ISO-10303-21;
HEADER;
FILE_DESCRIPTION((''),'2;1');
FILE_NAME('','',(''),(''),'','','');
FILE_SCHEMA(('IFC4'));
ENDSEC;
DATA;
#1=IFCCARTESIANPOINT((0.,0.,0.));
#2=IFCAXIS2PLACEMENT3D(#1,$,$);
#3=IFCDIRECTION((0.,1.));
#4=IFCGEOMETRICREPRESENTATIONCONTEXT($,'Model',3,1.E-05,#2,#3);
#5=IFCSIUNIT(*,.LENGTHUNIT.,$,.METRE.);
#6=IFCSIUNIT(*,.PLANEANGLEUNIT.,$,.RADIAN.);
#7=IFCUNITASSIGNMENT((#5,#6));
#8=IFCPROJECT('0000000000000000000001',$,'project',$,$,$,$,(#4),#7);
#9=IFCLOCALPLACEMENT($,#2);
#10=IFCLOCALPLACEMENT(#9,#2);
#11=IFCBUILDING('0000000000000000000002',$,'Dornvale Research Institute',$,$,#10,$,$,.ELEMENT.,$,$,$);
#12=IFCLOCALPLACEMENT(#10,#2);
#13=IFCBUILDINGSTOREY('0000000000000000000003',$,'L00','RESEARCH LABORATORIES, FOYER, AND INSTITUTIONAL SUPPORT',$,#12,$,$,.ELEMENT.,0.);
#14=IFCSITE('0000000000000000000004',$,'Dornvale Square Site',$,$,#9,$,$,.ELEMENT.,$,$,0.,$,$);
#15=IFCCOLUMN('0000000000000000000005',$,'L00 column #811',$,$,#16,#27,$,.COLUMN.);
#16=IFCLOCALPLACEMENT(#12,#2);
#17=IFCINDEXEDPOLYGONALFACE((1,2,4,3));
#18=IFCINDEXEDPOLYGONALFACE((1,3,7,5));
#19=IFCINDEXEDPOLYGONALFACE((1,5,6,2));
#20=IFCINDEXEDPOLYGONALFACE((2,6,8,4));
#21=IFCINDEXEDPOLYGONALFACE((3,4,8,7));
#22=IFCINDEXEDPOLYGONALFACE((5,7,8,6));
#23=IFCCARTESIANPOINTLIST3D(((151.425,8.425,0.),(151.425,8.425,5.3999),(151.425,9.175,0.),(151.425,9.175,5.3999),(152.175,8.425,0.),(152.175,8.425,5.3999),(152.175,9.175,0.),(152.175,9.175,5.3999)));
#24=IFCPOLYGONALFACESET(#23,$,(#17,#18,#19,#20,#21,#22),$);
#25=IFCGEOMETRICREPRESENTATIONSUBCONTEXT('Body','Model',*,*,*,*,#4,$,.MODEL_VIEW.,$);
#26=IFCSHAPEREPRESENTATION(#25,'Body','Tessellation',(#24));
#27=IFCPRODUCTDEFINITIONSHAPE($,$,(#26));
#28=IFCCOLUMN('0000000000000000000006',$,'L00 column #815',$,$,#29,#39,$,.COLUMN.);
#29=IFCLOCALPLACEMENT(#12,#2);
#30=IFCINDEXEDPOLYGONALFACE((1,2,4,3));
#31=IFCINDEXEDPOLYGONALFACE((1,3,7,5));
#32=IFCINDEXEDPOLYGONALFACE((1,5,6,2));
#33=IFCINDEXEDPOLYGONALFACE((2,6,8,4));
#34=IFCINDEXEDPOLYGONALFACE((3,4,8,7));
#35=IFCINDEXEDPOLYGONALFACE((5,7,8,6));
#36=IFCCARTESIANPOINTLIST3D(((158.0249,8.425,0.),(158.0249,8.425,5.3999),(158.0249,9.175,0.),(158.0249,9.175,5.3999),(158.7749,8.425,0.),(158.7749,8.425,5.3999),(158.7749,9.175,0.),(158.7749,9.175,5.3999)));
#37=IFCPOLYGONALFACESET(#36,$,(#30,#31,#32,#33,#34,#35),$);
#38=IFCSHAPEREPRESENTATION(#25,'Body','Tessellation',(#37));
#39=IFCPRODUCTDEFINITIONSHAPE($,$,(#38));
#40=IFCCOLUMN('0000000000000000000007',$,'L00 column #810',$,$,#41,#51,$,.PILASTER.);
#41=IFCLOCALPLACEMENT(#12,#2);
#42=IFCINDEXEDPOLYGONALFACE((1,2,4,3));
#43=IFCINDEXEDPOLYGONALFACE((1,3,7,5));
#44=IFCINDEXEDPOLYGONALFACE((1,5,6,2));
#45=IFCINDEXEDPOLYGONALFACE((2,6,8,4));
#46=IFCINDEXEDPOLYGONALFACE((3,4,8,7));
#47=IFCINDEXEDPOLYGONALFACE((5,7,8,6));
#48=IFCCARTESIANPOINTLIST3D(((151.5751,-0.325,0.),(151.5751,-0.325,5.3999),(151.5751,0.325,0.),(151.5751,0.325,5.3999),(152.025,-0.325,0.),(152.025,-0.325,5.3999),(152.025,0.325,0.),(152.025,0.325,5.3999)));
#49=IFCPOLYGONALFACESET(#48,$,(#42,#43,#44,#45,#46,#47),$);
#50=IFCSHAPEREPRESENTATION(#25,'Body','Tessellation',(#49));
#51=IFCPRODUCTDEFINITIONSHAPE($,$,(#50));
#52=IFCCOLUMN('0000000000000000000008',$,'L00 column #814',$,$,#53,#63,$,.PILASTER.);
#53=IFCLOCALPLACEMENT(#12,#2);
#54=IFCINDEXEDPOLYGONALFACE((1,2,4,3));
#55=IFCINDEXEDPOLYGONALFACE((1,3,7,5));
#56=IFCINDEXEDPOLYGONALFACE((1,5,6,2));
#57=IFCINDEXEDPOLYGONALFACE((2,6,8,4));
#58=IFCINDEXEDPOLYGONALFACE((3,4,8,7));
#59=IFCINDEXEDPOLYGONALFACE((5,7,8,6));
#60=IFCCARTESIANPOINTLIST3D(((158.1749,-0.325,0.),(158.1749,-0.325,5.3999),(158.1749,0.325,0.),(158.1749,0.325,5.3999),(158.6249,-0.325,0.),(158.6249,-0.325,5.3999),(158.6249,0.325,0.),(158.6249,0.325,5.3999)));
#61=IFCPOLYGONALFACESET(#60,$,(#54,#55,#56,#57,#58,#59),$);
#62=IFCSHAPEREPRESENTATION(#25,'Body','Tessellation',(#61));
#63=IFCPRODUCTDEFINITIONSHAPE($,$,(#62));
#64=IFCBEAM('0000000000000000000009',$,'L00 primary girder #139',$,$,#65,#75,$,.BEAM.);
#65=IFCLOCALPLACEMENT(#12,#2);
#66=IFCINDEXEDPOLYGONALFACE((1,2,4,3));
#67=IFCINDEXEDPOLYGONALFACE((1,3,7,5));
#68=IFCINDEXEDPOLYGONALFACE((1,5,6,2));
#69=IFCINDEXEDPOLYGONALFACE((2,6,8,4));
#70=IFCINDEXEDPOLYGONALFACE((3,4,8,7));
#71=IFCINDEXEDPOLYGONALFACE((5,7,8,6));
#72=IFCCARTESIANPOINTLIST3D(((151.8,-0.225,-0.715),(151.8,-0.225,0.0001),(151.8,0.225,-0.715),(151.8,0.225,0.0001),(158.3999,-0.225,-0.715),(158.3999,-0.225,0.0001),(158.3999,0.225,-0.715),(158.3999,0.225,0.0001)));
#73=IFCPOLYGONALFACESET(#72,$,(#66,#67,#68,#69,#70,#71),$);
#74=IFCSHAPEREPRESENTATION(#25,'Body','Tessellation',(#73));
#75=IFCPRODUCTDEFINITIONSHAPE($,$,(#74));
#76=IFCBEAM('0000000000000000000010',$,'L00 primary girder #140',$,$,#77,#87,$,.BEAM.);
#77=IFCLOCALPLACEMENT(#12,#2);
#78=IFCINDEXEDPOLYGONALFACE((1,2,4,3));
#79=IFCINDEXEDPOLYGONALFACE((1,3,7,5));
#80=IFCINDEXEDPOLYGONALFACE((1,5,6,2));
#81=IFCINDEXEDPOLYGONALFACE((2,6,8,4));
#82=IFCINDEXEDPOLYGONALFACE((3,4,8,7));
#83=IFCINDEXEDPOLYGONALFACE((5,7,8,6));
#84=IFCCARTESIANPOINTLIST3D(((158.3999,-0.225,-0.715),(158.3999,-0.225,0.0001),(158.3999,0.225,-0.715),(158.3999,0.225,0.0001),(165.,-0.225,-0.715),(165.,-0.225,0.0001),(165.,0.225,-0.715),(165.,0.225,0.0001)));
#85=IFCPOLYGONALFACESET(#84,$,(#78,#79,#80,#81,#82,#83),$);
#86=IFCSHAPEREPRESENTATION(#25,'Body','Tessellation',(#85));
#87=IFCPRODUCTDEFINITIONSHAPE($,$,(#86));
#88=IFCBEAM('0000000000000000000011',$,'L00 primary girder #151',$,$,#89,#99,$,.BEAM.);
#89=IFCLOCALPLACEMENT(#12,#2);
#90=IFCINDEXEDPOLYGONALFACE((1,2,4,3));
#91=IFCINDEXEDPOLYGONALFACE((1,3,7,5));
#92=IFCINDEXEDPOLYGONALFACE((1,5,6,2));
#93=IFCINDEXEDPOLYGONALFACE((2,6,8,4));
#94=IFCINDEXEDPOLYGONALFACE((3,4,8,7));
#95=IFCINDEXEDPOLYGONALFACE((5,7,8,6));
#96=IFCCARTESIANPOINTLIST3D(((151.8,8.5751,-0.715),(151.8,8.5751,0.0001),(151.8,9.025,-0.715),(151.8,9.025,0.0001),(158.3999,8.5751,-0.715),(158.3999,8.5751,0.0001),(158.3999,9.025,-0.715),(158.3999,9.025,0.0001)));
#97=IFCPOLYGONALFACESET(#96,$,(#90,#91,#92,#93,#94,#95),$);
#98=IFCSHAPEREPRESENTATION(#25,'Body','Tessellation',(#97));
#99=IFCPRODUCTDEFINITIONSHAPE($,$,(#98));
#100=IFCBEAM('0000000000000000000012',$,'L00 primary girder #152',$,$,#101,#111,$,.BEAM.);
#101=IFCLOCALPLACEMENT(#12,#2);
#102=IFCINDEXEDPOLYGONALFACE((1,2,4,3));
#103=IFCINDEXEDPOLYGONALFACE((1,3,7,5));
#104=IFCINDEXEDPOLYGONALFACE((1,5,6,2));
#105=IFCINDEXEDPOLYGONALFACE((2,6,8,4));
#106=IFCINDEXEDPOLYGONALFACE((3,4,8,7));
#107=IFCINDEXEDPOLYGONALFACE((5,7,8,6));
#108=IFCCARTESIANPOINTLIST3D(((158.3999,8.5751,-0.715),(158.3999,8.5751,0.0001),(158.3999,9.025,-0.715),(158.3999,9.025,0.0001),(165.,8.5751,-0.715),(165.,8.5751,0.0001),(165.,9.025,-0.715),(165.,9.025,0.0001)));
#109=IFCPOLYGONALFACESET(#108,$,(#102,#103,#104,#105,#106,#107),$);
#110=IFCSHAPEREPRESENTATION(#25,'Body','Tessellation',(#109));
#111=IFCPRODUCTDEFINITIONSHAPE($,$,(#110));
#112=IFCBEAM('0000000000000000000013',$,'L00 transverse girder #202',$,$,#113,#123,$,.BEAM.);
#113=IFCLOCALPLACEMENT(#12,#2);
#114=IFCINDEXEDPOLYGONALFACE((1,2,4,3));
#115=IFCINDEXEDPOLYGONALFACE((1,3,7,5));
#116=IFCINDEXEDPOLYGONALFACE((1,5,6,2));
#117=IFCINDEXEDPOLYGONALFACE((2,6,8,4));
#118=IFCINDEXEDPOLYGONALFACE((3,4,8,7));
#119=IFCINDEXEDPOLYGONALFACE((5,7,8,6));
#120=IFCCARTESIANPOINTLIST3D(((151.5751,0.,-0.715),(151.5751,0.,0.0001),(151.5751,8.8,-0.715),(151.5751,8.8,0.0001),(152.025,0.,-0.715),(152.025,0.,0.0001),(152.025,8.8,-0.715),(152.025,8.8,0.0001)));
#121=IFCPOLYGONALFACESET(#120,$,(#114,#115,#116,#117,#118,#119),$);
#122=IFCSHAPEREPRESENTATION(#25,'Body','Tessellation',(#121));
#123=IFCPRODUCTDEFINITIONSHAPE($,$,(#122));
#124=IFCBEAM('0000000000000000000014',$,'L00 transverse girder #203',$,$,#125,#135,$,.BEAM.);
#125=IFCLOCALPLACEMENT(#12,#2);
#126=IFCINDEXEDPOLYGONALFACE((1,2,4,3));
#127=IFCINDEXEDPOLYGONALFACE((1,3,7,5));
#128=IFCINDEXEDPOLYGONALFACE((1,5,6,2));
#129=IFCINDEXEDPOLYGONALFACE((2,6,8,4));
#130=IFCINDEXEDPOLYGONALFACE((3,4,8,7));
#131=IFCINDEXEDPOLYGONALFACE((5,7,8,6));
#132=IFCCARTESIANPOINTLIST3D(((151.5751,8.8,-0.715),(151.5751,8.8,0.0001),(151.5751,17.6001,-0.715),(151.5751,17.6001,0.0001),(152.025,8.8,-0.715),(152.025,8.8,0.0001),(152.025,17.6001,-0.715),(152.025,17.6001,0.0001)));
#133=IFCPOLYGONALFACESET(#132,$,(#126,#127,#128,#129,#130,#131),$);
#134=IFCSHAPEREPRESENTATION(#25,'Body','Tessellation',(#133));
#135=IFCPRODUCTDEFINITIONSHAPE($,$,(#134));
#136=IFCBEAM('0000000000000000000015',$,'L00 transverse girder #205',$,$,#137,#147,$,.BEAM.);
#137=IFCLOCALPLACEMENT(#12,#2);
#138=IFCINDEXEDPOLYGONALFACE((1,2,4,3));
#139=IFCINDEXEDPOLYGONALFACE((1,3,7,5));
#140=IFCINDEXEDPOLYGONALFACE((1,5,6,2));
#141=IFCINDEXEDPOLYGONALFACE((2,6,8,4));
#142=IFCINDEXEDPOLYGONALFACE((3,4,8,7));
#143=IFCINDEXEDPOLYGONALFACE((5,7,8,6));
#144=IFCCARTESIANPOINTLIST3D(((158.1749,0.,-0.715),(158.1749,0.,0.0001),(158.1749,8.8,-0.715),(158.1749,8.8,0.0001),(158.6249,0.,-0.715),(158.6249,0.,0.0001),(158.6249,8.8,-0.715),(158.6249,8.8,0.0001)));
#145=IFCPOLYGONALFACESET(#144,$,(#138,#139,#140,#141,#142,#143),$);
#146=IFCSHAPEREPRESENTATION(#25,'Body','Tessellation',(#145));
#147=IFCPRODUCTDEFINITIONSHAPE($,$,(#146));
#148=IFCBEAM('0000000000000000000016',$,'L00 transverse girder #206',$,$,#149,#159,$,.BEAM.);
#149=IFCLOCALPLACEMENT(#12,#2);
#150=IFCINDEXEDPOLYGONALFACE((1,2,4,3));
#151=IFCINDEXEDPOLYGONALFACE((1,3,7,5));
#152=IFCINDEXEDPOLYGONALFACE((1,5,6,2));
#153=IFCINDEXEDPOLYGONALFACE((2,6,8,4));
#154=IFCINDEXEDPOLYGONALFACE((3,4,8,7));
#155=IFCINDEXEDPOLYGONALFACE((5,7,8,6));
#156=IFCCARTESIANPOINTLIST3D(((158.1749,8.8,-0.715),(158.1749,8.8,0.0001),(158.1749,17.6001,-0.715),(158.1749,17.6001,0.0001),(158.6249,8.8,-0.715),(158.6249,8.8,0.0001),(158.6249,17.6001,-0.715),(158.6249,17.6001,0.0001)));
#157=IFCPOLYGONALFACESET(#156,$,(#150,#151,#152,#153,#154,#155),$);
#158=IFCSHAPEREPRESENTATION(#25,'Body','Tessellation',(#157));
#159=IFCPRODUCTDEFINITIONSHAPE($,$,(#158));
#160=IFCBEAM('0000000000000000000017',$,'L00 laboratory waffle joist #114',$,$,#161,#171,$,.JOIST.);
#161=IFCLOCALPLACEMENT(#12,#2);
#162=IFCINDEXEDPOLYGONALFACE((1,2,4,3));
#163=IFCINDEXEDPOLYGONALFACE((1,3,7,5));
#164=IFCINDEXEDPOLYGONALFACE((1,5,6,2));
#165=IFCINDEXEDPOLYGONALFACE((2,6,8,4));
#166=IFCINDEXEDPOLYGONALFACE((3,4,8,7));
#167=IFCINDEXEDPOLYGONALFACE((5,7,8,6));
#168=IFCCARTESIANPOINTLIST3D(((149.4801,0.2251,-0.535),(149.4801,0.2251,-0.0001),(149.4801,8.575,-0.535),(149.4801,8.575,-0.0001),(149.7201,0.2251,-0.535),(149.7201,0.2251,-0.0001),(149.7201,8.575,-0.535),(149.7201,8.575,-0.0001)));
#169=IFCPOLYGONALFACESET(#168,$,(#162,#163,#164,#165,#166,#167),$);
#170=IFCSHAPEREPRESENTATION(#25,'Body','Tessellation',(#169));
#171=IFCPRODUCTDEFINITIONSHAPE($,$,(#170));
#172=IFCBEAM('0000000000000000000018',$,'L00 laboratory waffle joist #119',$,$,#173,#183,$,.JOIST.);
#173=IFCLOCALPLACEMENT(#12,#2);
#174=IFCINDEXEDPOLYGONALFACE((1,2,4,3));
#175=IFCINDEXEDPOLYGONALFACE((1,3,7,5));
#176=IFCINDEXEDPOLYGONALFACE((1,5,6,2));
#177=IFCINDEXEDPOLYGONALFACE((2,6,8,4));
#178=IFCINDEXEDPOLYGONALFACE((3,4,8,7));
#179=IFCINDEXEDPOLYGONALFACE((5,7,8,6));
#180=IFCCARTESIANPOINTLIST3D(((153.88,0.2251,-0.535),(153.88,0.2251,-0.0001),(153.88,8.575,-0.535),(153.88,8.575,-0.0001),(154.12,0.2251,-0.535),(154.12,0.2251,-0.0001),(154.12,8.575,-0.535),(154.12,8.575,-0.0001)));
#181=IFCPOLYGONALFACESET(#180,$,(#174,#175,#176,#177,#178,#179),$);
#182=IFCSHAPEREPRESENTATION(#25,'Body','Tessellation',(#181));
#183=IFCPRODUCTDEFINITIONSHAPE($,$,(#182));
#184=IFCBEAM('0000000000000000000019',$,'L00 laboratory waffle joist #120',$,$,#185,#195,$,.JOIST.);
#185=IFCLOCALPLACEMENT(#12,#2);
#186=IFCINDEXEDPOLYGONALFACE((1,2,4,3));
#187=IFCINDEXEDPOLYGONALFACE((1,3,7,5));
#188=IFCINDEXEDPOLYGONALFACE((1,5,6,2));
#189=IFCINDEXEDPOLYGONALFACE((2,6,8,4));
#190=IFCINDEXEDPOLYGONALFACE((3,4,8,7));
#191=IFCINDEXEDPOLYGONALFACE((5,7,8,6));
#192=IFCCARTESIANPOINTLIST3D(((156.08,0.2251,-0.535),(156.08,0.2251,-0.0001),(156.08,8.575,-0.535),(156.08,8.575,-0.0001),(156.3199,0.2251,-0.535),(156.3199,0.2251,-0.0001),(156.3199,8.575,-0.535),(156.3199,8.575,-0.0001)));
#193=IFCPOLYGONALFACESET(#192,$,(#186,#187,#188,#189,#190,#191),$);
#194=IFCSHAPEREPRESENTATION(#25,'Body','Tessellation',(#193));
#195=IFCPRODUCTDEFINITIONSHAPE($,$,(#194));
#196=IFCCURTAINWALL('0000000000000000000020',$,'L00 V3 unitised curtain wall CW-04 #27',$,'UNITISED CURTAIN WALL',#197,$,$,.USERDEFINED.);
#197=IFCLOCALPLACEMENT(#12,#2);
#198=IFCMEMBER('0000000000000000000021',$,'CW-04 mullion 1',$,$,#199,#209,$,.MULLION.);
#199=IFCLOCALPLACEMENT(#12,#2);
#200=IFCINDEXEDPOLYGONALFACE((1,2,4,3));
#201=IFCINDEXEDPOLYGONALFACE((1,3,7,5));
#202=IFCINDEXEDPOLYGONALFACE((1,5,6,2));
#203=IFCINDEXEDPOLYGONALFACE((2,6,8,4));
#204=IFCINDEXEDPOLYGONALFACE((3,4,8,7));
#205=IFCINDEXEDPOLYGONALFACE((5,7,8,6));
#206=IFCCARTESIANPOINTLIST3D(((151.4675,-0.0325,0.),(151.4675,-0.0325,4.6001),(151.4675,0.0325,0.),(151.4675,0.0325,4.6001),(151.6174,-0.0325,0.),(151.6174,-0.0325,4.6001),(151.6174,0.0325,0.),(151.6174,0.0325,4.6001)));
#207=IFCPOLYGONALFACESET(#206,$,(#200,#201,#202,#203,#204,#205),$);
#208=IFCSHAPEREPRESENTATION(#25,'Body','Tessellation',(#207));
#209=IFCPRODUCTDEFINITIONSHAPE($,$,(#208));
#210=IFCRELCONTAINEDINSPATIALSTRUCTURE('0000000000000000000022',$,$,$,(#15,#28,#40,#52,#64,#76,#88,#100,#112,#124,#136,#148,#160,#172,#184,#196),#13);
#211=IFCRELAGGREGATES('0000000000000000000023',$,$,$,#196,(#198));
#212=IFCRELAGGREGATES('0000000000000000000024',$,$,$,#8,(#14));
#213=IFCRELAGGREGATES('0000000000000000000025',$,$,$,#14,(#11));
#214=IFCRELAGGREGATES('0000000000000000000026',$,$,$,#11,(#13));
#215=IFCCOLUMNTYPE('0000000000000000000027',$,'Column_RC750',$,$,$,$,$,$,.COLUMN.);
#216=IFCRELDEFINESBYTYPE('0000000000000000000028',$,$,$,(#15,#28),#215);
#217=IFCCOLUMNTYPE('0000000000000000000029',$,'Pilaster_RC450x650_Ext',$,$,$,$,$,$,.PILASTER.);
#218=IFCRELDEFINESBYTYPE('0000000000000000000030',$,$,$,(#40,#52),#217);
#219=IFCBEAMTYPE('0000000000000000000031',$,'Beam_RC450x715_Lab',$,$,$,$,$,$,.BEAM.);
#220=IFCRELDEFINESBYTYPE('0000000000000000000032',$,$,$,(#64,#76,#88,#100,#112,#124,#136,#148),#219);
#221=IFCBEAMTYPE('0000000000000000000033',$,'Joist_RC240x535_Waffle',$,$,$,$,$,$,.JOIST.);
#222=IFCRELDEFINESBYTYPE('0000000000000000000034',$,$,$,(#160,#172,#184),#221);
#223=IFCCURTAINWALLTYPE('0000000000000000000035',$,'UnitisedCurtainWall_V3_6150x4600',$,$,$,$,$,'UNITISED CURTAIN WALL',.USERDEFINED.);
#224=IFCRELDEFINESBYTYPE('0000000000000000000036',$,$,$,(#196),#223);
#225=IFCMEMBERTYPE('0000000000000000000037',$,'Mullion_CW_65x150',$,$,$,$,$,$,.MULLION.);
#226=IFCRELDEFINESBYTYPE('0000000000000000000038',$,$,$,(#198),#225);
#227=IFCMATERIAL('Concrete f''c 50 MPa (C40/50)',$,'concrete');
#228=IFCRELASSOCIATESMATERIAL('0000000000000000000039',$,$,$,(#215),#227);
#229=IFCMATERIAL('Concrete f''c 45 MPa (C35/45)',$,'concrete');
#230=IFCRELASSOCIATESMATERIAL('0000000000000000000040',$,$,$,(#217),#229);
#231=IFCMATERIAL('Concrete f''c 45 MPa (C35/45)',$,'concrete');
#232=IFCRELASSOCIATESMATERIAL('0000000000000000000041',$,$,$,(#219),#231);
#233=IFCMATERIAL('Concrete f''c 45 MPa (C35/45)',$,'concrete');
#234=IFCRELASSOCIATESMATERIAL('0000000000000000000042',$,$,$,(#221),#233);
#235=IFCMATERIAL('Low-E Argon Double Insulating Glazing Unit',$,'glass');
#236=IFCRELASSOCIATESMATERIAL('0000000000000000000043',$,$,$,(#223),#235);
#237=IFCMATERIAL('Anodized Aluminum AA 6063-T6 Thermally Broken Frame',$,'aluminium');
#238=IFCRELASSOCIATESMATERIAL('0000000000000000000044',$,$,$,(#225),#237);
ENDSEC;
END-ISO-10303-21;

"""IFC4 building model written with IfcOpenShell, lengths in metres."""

from ifc_helpers import new_model, si_unit, direction, frame, origin, origin_2d, place, context, subcontext, project, spatial, rectangle, extrude, material, material_profile, profile_set, type_object, element, aggregate, save


model = new_model("IFC4")

# Units and contexts
model_context = context("Model", 3, precision=1e-05, world=origin(), true_north=direction((0.0, 1.0)))
body_context = subcontext(model_context, "Body", "Model", "MODEL_VIEW")
ifc_project = project(units=[si_unit("LENGTHUNIT", "METRE"), si_unit("PLANEANGLEUNIT", "RADIAN")], contexts=[model_context])

# Site, building, storey
site_placement = place(None, origin())
site = spatial("IfcSite", under=ifc_project, at=site_placement, Name="Dornvale Square Site", CompositionType="ELEMENT", RefElevation=0.0)
building_placement = place(site_placement, origin())
building = spatial("IfcBuilding", under=site, at=building_placement, Name="Dornvale Research Institute", CompositionType="ELEMENT")
storey_placement = place(building_placement, origin())
storey = spatial("IfcBuildingStorey", under=building, at=storey_placement, Name="L00", Description="RESEARCH LABORATORIES, FOYER, AND INSTITUTIONAL SUPPORT", CompositionType="ELEMENT", Elevation=0.0)

# Columns
ifc_material_1 = material(Name="Concrete f'c 50 MPa (C40/50)", Category="concrete")
ifc_material_profile_1 = material_profile(ifc_material_1, rectangle(XDim=0.75, YDim=0.75, at=origin_2d()), Name="RC 750x750")
ifc_profile_set_1 = profile_set([ifc_material_profile_1], Name="Concrete f'c 50 MPa (C40/50)")
column_type_1 = type_object("IfcColumnType", Name="Column_RC750", PredefinedType="COLUMN", material=ifc_profile_set_1)
for number, where, z_axis, x_axis, name in (
    (1, (151.8, 8.8, 0.0), (0.0, 0.0, 1.0), (1.0, 0.0, 0.0), "L00 column #811"),
    (2, (158.3999, 8.8, 0.0), (0.0, 0.0, 1.0), (1.0, 0.0, 0.0), "L00 column #815"),
):
    element("IfcColumn", number, at=place(storey_placement, frame(where, z_axis=z_axis, x_axis=x_axis)), inside=storey, type_object=column_type_1, Name=name, PredefinedType="COLUMN", context=body_context, shape_type="SweptSolid", body=[
        extrude(rectangle(XDim=0.75, YDim=0.75, at=origin_2d()), origin(), (0.0, 0.0, 1.0), 5.3999),
    ])
ifc_material_2 = material(Name="Concrete f'c 45 MPa (C35/45)", Category="concrete")
ifc_material_profile_2 = material_profile(ifc_material_2, rectangle(XDim=0.45, YDim=0.6499, at=origin_2d()), Name="RC 450x650")
ifc_profile_set_2 = profile_set([ifc_material_profile_2], Name="Concrete f'c 45 MPa (C35/45)")
column_type_2 = type_object("IfcColumnType", Name="Pilaster_RC450x650_Ext", PredefinedType="PILASTER", material=ifc_profile_set_2)
for number, where, z_axis, x_axis, name in (
    (3, (151.8, 0.0, 0.0), (0.0, 0.0, 1.0), (1.0, 0.0, 0.0), "L00 column #810"),
    (4, (158.3999, 0.0, 0.0), (0.0, 0.0, 1.0), (1.0, 0.0, 0.0), "L00 column #814"),
):
    element("IfcColumn", number, at=place(storey_placement, frame(where, z_axis=z_axis, x_axis=x_axis)), inside=storey, type_object=column_type_2, Name=name, PredefinedType="PILASTER", context=body_context, shape_type="SweptSolid", body=[
        extrude(rectangle(XDim=0.45, YDim=0.6499, at=origin_2d()), origin(), (0.0, 0.0, 1.0), 5.3999),
    ])

# Beams
ifc_material_3 = material(Name="Concrete f'c 45 MPa (C35/45)", Category="concrete")
ifc_material_profile_3 = material_profile(ifc_material_3, rectangle(XDim=0.45, YDim=0.7151, at=origin_2d()), Name="RC 450x715")
ifc_profile_set_3 = profile_set([ifc_material_profile_3], Name="Concrete f'c 45 MPa (C35/45)")
beam_type_1 = type_object("IfcBeamType", Name="Beam_RC450x715_Lab", PredefinedType="BEAM", material=ifc_profile_set_3)
beam_1_placement = place(storey_placement, frame((151.8, 0.0, -0.3574), z_axis=(1.0, 0.0, 0.0), x_axis=(0.0, 1.0, 0.0)))
element("IfcBeam", 5, at=beam_1_placement, inside=storey, type_object=beam_type_1, Name="L00 primary girder #139", PredefinedType="BEAM", context=body_context, shape_type="SweptSolid", body=[
    extrude(rectangle(XDim=0.45, YDim=0.7151, at=origin_2d()), origin(), (0.0, 0.0, 1.0), 6.5999),
])
beam_2_placement = place(storey_placement, frame((158.3999, 0.0, -0.3574), z_axis=(1.0, 0.0, 0.0), x_axis=(0.0, 1.0, 0.0)))
element("IfcBeam", 6, at=beam_2_placement, inside=storey, type_object=beam_type_1, Name="L00 primary girder #140", PredefinedType="BEAM", context=body_context, shape_type="SweptSolid", body=[
    extrude(rectangle(XDim=0.45, YDim=0.7151, at=origin_2d()), origin(), (0.0, 0.0, 1.0), 6.6001),
])
beam_3_placement = place(storey_placement, frame((151.8, 8.8, -0.3574), z_axis=(1.0, 0.0, 0.0), x_axis=(0.0, 1.0, 0.0)))
element("IfcBeam", 7, at=beam_3_placement, inside=storey, type_object=beam_type_1, Name="L00 primary girder #151", PredefinedType="BEAM", context=body_context, shape_type="SweptSolid", body=[
    extrude(rectangle(XDim=0.45, YDim=0.7151, at=origin_2d()), origin(), (0.0, 0.0, 1.0), 6.5999),
])
beam_4_placement = place(storey_placement, frame((158.3999, 8.8, -0.3574), z_axis=(1.0, 0.0, 0.0), x_axis=(0.0, 1.0, 0.0)))
element("IfcBeam", 8, at=beam_4_placement, inside=storey, type_object=beam_type_1, Name="L00 primary girder #152", PredefinedType="BEAM", context=body_context, shape_type="SweptSolid", body=[
    extrude(rectangle(XDim=0.45, YDim=0.7151, at=origin_2d()), origin(), (0.0, 0.0, 1.0), 6.6001),
])
for number, where, z_axis, x_axis, name in (
    (9, (151.8, 0.0, -0.3574), (0.0, 1.0, 0.0), (-1.0, 0.0, 0.0), "L00 transverse girder #202"),
    (10, (151.8, 8.8, -0.3574), (0.0, 1.0, 0.0), (-1.0, 0.0, 0.0), "L00 transverse girder #203"),
    (11, (158.3999, 0.0, -0.3574), (0.0, 1.0, 0.0), (-1.0, 0.0, 0.0), "L00 transverse girder #205"),
    (12, (158.3999, 8.8, -0.3574), (0.0, 1.0, 0.0), (-1.0, 0.0, 0.0), "L00 transverse girder #206"),
):
    element("IfcBeam", number, at=place(storey_placement, frame(where, z_axis=z_axis, x_axis=x_axis)), inside=storey, type_object=beam_type_1, Name=name, PredefinedType="BEAM", context=body_context, shape_type="SweptSolid", body=[
        extrude(rectangle(XDim=0.45, YDim=0.7151, at=origin_2d()), origin(), (0.0, 0.0, 1.0), 8.8),
    ])
ifc_material_4 = material(Name="Concrete f'c 45 MPa (C35/45)", Category="concrete")
ifc_material_profile_4 = material_profile(ifc_material_4, rectangle(XDim=0.24, YDim=0.5349, at=origin_2d()), Name="RC 240x535")
ifc_profile_set_4 = profile_set([ifc_material_profile_4], Name="Concrete f'c 45 MPa (C35/45)")
beam_type_2 = type_object("IfcBeamType", Name="Joist_RC240x535_Waffle", PredefinedType="JOIST", material=ifc_profile_set_4)
for number, where, z_axis, x_axis, name in (
    (13, (149.6001, 0.2251, -0.2676), (0.0, 1.0, 0.0), (-1.0, 0.0, 0.0), "L00 laboratory waffle joist #114"),
    (14, (154.0, 0.2251, -0.2676), (0.0, 1.0, 0.0), (-1.0, 0.0, 0.0), "L00 laboratory waffle joist #119"),
    (15, (156.2, 0.2251, -0.2676), (0.0, 1.0, 0.0), (-1.0, 0.0, 0.0), "L00 laboratory waffle joist #120"),
):
    element("IfcBeam", number, at=place(storey_placement, frame(where, z_axis=z_axis, x_axis=x_axis)), inside=storey, type_object=beam_type_2, Name=name, PredefinedType="JOIST", context=body_context, shape_type="SweptSolid", body=[
        extrude(rectangle(XDim=0.24, YDim=0.5349, at=origin_2d()), origin(), (0.0, 0.0, 1.0), 8.3499),
    ])

# Curtain wall, member
ifc_material_5 = material(Name="Low-E Argon Double Insulating Glazing Unit", Category="glass")
curtain_wall_type = type_object("IfcCurtainWallType", Name="UnitisedCurtainWall_V3_6150x4600", ElementType="UNITISED CURTAIN WALL", PredefinedType="USERDEFINED", material=ifc_material_5)
curtain_wall_placement = place(storey_placement, origin())
curtain_wall = element("IfcCurtainWall", 16, at=curtain_wall_placement, inside=storey, type_object=curtain_wall_type, Name="L00 V3 unitised curtain wall CW-04 #27", ObjectType="UNITISED CURTAIN WALL", PredefinedType="USERDEFINED")
ifc_material_6 = material(Name="Anodized Aluminum AA 6063-T6 Thermally Broken Frame", Category="aluminium")
ifc_material_profile_5 = material_profile(ifc_material_6, rectangle(XDim=0.0649, YDim=0.1499, at=origin_2d()), Name="ALU MULLION 65x150")
ifc_profile_set_5 = profile_set([ifc_material_profile_5], Name="Anodized Aluminum AA 6063-T6 Thermally Broken Frame")
member_type_1 = type_object("IfcMemberType", Name="Mullion_CW_65x150", PredefinedType="MULLION", material=ifc_profile_set_5)
member_1_placement = place(storey_placement, frame((151.5425, 0.0, 0.0), z_axis=(0.0, 0.0, 1.0), x_axis=(0.0, -1.0, 0.0)))
member_1 = element("IfcMember", 17, at=member_1_placement, type_object=member_type_1, Name="CW-04 mullion 1", PredefinedType="MULLION", context=body_context, shape_type="SweptSolid", body=[
    extrude(rectangle(XDim=0.0649, YDim=0.1499, at=origin_2d()), origin(), (0.0, 0.0, 1.0), 4.6001),
])
aggregate(curtain_wall, [member_1])

save(model, "model.ifc")
